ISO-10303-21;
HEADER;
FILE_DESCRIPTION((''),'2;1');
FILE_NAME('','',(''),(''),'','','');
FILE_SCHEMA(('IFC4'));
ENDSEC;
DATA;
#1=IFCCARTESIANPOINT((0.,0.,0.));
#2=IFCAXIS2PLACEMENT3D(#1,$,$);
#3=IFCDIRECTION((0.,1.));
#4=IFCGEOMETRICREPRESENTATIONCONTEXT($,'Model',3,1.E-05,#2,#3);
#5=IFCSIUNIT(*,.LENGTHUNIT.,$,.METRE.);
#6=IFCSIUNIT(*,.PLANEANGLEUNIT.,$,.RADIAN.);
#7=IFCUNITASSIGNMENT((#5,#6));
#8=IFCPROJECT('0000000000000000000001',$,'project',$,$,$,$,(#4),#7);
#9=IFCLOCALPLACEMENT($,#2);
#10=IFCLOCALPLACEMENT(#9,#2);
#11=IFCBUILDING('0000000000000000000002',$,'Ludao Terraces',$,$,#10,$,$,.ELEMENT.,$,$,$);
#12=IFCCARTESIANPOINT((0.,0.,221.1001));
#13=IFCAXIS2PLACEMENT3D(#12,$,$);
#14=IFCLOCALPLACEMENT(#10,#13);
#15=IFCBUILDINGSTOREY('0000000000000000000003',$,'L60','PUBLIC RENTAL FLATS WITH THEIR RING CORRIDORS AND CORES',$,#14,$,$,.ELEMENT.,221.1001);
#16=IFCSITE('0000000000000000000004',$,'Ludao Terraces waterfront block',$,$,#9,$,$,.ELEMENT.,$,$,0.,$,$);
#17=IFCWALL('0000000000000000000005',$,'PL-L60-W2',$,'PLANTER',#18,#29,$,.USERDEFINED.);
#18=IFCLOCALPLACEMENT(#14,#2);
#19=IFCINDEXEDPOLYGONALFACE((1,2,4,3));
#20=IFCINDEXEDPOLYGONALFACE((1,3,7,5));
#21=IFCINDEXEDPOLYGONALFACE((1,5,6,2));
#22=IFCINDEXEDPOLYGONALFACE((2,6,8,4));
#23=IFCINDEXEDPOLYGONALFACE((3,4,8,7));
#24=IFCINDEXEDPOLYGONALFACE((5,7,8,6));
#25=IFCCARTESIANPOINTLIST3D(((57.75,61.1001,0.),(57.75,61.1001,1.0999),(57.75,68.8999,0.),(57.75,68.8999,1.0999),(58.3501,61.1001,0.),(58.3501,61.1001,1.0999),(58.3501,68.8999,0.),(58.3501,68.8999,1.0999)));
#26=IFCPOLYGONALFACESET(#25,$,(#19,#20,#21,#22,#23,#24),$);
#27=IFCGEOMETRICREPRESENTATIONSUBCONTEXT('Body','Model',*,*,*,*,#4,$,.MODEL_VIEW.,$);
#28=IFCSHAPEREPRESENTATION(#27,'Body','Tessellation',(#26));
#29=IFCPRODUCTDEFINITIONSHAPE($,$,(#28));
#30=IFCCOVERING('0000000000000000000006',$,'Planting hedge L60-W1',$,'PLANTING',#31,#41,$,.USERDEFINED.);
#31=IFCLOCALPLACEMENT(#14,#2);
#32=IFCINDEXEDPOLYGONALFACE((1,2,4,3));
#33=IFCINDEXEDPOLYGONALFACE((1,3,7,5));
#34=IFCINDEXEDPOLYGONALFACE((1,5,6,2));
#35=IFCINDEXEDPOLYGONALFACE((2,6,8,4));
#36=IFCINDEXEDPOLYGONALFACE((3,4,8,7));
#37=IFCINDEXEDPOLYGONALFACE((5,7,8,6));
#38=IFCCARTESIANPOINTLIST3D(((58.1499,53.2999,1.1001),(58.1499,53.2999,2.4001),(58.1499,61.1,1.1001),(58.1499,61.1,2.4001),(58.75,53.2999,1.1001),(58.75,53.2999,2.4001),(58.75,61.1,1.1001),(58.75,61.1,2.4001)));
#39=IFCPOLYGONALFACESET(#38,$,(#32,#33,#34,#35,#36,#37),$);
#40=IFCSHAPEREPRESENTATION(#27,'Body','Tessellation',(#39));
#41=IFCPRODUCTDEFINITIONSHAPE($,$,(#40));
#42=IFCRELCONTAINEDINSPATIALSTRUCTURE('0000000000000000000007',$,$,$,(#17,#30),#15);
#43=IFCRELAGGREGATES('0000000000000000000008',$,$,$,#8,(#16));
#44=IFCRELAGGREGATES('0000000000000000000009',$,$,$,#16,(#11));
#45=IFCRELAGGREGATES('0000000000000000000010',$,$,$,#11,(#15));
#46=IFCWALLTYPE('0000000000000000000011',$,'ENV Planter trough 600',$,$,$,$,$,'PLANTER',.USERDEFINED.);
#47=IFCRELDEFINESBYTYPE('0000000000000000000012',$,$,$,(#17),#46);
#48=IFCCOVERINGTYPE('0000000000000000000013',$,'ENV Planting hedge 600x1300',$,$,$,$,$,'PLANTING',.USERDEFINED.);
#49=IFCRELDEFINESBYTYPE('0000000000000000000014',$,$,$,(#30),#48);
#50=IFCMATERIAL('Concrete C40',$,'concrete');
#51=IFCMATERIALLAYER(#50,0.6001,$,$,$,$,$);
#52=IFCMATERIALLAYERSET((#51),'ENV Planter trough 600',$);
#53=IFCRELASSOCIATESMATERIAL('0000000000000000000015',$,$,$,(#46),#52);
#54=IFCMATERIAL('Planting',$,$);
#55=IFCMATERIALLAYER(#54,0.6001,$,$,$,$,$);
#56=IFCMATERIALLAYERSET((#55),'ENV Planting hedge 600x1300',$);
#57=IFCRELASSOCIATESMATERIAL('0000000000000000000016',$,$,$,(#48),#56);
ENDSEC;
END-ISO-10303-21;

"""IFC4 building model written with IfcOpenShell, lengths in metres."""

from ifc_helpers import new_model, si_unit, direction, frame, frame_2d, origin, origin_2d, place, context, subcontext, project, spatial, rectangle, extrude, material, layer, layer_set, type_object, element, save


model = new_model("IFC4")

# Units and contexts
model_context = context("Model", 3, precision=1e-05, world=origin(), true_north=direction((0.0, 1.0)))
body_context = subcontext(model_context, "Body", "Model", "MODEL_VIEW")
ifc_project = project(units=[si_unit("LENGTHUNIT", "METRE"), si_unit("PLANEANGLEUNIT", "RADIAN")], contexts=[model_context])

# Site, building, storey
site_placement = place(None, origin())
site = spatial("IfcSite", under=ifc_project, at=site_placement, Name="Ludao Terraces waterfront block", CompositionType="ELEMENT", RefElevation=0.0)
building_placement = place(site_placement, origin())
building = spatial("IfcBuilding", under=site, at=building_placement, Name="Ludao Terraces", CompositionType="ELEMENT")
storey_placement = place(building_placement, frame((0.0, 0.0, 221.1001)))
storey = spatial("IfcBuildingStorey", under=building, at=storey_placement, Name="L60", Description="PUBLIC RENTAL FLATS WITH THEIR RING CORRIDORS AND CORES", CompositionType="ELEMENT", Elevation=221.1001)

# Shared definitions
ifc_material_1 = material(Name="Concrete C40", Category="concrete")

# Wall
ifc_layer_1 = layer(ifc_material_1, 0.6001)
ifc_layer_set_1 = layer_set([ifc_layer_1], Name="ENV Planter trough 600")
wall_type = type_object("IfcWallType", Name="ENV Planter trough 600", ElementType="PLANTER", PredefinedType="USERDEFINED", material=ifc_layer_set_1)
wall_1_placement = place(storey_placement, frame((58.05, 61.1001, 0.0), z_axis=(0.0, 0.0, 1.0), x_axis=(0.0, 1.0, 0.0)))
element("IfcWall", 1, at=wall_1_placement, inside=storey, type_object=wall_type, Name="PL-L60-W2", ObjectType="PLANTER", PredefinedType="USERDEFINED", context=body_context, shape_type="SweptSolid", body=[
    extrude(rectangle(XDim=7.7998, YDim=0.6001, at=frame_2d((3.8999, 0.0))), origin(), (0.0, 0.0, 1.0), 1.0999),
])

# Covering
ifc_material_2 = material(Name="Planting")
ifc_layer_2 = layer(ifc_material_2, 0.6001)
ifc_layer_set_2 = layer_set([ifc_layer_2], Name="ENV Planting hedge 600x1300")
covering_type = type_object("IfcCoveringType", Name="ENV Planting hedge 600x1300", ElementType="PLANTING", PredefinedType="USERDEFINED", material=ifc_layer_set_2)
covering_placement = place(storey_placement, frame((58.45, 57.2, 1.1001), z_axis=(0.0, 0.0, 1.0), x_axis=(1.0, 0.0, 0.0)))
element("IfcCovering", 2, at=covering_placement, inside=storey, type_object=covering_type, Name="Planting hedge L60-W1", ObjectType="PLANTING", PredefinedType="USERDEFINED", context=body_context, shape_type="SweptSolid", body=[
    extrude(rectangle(XDim=0.6001, YDim=7.8, at=origin_2d()), origin(), (0.0, 0.0, 1.0), 1.3),
])

save(model, "model.ifc")
